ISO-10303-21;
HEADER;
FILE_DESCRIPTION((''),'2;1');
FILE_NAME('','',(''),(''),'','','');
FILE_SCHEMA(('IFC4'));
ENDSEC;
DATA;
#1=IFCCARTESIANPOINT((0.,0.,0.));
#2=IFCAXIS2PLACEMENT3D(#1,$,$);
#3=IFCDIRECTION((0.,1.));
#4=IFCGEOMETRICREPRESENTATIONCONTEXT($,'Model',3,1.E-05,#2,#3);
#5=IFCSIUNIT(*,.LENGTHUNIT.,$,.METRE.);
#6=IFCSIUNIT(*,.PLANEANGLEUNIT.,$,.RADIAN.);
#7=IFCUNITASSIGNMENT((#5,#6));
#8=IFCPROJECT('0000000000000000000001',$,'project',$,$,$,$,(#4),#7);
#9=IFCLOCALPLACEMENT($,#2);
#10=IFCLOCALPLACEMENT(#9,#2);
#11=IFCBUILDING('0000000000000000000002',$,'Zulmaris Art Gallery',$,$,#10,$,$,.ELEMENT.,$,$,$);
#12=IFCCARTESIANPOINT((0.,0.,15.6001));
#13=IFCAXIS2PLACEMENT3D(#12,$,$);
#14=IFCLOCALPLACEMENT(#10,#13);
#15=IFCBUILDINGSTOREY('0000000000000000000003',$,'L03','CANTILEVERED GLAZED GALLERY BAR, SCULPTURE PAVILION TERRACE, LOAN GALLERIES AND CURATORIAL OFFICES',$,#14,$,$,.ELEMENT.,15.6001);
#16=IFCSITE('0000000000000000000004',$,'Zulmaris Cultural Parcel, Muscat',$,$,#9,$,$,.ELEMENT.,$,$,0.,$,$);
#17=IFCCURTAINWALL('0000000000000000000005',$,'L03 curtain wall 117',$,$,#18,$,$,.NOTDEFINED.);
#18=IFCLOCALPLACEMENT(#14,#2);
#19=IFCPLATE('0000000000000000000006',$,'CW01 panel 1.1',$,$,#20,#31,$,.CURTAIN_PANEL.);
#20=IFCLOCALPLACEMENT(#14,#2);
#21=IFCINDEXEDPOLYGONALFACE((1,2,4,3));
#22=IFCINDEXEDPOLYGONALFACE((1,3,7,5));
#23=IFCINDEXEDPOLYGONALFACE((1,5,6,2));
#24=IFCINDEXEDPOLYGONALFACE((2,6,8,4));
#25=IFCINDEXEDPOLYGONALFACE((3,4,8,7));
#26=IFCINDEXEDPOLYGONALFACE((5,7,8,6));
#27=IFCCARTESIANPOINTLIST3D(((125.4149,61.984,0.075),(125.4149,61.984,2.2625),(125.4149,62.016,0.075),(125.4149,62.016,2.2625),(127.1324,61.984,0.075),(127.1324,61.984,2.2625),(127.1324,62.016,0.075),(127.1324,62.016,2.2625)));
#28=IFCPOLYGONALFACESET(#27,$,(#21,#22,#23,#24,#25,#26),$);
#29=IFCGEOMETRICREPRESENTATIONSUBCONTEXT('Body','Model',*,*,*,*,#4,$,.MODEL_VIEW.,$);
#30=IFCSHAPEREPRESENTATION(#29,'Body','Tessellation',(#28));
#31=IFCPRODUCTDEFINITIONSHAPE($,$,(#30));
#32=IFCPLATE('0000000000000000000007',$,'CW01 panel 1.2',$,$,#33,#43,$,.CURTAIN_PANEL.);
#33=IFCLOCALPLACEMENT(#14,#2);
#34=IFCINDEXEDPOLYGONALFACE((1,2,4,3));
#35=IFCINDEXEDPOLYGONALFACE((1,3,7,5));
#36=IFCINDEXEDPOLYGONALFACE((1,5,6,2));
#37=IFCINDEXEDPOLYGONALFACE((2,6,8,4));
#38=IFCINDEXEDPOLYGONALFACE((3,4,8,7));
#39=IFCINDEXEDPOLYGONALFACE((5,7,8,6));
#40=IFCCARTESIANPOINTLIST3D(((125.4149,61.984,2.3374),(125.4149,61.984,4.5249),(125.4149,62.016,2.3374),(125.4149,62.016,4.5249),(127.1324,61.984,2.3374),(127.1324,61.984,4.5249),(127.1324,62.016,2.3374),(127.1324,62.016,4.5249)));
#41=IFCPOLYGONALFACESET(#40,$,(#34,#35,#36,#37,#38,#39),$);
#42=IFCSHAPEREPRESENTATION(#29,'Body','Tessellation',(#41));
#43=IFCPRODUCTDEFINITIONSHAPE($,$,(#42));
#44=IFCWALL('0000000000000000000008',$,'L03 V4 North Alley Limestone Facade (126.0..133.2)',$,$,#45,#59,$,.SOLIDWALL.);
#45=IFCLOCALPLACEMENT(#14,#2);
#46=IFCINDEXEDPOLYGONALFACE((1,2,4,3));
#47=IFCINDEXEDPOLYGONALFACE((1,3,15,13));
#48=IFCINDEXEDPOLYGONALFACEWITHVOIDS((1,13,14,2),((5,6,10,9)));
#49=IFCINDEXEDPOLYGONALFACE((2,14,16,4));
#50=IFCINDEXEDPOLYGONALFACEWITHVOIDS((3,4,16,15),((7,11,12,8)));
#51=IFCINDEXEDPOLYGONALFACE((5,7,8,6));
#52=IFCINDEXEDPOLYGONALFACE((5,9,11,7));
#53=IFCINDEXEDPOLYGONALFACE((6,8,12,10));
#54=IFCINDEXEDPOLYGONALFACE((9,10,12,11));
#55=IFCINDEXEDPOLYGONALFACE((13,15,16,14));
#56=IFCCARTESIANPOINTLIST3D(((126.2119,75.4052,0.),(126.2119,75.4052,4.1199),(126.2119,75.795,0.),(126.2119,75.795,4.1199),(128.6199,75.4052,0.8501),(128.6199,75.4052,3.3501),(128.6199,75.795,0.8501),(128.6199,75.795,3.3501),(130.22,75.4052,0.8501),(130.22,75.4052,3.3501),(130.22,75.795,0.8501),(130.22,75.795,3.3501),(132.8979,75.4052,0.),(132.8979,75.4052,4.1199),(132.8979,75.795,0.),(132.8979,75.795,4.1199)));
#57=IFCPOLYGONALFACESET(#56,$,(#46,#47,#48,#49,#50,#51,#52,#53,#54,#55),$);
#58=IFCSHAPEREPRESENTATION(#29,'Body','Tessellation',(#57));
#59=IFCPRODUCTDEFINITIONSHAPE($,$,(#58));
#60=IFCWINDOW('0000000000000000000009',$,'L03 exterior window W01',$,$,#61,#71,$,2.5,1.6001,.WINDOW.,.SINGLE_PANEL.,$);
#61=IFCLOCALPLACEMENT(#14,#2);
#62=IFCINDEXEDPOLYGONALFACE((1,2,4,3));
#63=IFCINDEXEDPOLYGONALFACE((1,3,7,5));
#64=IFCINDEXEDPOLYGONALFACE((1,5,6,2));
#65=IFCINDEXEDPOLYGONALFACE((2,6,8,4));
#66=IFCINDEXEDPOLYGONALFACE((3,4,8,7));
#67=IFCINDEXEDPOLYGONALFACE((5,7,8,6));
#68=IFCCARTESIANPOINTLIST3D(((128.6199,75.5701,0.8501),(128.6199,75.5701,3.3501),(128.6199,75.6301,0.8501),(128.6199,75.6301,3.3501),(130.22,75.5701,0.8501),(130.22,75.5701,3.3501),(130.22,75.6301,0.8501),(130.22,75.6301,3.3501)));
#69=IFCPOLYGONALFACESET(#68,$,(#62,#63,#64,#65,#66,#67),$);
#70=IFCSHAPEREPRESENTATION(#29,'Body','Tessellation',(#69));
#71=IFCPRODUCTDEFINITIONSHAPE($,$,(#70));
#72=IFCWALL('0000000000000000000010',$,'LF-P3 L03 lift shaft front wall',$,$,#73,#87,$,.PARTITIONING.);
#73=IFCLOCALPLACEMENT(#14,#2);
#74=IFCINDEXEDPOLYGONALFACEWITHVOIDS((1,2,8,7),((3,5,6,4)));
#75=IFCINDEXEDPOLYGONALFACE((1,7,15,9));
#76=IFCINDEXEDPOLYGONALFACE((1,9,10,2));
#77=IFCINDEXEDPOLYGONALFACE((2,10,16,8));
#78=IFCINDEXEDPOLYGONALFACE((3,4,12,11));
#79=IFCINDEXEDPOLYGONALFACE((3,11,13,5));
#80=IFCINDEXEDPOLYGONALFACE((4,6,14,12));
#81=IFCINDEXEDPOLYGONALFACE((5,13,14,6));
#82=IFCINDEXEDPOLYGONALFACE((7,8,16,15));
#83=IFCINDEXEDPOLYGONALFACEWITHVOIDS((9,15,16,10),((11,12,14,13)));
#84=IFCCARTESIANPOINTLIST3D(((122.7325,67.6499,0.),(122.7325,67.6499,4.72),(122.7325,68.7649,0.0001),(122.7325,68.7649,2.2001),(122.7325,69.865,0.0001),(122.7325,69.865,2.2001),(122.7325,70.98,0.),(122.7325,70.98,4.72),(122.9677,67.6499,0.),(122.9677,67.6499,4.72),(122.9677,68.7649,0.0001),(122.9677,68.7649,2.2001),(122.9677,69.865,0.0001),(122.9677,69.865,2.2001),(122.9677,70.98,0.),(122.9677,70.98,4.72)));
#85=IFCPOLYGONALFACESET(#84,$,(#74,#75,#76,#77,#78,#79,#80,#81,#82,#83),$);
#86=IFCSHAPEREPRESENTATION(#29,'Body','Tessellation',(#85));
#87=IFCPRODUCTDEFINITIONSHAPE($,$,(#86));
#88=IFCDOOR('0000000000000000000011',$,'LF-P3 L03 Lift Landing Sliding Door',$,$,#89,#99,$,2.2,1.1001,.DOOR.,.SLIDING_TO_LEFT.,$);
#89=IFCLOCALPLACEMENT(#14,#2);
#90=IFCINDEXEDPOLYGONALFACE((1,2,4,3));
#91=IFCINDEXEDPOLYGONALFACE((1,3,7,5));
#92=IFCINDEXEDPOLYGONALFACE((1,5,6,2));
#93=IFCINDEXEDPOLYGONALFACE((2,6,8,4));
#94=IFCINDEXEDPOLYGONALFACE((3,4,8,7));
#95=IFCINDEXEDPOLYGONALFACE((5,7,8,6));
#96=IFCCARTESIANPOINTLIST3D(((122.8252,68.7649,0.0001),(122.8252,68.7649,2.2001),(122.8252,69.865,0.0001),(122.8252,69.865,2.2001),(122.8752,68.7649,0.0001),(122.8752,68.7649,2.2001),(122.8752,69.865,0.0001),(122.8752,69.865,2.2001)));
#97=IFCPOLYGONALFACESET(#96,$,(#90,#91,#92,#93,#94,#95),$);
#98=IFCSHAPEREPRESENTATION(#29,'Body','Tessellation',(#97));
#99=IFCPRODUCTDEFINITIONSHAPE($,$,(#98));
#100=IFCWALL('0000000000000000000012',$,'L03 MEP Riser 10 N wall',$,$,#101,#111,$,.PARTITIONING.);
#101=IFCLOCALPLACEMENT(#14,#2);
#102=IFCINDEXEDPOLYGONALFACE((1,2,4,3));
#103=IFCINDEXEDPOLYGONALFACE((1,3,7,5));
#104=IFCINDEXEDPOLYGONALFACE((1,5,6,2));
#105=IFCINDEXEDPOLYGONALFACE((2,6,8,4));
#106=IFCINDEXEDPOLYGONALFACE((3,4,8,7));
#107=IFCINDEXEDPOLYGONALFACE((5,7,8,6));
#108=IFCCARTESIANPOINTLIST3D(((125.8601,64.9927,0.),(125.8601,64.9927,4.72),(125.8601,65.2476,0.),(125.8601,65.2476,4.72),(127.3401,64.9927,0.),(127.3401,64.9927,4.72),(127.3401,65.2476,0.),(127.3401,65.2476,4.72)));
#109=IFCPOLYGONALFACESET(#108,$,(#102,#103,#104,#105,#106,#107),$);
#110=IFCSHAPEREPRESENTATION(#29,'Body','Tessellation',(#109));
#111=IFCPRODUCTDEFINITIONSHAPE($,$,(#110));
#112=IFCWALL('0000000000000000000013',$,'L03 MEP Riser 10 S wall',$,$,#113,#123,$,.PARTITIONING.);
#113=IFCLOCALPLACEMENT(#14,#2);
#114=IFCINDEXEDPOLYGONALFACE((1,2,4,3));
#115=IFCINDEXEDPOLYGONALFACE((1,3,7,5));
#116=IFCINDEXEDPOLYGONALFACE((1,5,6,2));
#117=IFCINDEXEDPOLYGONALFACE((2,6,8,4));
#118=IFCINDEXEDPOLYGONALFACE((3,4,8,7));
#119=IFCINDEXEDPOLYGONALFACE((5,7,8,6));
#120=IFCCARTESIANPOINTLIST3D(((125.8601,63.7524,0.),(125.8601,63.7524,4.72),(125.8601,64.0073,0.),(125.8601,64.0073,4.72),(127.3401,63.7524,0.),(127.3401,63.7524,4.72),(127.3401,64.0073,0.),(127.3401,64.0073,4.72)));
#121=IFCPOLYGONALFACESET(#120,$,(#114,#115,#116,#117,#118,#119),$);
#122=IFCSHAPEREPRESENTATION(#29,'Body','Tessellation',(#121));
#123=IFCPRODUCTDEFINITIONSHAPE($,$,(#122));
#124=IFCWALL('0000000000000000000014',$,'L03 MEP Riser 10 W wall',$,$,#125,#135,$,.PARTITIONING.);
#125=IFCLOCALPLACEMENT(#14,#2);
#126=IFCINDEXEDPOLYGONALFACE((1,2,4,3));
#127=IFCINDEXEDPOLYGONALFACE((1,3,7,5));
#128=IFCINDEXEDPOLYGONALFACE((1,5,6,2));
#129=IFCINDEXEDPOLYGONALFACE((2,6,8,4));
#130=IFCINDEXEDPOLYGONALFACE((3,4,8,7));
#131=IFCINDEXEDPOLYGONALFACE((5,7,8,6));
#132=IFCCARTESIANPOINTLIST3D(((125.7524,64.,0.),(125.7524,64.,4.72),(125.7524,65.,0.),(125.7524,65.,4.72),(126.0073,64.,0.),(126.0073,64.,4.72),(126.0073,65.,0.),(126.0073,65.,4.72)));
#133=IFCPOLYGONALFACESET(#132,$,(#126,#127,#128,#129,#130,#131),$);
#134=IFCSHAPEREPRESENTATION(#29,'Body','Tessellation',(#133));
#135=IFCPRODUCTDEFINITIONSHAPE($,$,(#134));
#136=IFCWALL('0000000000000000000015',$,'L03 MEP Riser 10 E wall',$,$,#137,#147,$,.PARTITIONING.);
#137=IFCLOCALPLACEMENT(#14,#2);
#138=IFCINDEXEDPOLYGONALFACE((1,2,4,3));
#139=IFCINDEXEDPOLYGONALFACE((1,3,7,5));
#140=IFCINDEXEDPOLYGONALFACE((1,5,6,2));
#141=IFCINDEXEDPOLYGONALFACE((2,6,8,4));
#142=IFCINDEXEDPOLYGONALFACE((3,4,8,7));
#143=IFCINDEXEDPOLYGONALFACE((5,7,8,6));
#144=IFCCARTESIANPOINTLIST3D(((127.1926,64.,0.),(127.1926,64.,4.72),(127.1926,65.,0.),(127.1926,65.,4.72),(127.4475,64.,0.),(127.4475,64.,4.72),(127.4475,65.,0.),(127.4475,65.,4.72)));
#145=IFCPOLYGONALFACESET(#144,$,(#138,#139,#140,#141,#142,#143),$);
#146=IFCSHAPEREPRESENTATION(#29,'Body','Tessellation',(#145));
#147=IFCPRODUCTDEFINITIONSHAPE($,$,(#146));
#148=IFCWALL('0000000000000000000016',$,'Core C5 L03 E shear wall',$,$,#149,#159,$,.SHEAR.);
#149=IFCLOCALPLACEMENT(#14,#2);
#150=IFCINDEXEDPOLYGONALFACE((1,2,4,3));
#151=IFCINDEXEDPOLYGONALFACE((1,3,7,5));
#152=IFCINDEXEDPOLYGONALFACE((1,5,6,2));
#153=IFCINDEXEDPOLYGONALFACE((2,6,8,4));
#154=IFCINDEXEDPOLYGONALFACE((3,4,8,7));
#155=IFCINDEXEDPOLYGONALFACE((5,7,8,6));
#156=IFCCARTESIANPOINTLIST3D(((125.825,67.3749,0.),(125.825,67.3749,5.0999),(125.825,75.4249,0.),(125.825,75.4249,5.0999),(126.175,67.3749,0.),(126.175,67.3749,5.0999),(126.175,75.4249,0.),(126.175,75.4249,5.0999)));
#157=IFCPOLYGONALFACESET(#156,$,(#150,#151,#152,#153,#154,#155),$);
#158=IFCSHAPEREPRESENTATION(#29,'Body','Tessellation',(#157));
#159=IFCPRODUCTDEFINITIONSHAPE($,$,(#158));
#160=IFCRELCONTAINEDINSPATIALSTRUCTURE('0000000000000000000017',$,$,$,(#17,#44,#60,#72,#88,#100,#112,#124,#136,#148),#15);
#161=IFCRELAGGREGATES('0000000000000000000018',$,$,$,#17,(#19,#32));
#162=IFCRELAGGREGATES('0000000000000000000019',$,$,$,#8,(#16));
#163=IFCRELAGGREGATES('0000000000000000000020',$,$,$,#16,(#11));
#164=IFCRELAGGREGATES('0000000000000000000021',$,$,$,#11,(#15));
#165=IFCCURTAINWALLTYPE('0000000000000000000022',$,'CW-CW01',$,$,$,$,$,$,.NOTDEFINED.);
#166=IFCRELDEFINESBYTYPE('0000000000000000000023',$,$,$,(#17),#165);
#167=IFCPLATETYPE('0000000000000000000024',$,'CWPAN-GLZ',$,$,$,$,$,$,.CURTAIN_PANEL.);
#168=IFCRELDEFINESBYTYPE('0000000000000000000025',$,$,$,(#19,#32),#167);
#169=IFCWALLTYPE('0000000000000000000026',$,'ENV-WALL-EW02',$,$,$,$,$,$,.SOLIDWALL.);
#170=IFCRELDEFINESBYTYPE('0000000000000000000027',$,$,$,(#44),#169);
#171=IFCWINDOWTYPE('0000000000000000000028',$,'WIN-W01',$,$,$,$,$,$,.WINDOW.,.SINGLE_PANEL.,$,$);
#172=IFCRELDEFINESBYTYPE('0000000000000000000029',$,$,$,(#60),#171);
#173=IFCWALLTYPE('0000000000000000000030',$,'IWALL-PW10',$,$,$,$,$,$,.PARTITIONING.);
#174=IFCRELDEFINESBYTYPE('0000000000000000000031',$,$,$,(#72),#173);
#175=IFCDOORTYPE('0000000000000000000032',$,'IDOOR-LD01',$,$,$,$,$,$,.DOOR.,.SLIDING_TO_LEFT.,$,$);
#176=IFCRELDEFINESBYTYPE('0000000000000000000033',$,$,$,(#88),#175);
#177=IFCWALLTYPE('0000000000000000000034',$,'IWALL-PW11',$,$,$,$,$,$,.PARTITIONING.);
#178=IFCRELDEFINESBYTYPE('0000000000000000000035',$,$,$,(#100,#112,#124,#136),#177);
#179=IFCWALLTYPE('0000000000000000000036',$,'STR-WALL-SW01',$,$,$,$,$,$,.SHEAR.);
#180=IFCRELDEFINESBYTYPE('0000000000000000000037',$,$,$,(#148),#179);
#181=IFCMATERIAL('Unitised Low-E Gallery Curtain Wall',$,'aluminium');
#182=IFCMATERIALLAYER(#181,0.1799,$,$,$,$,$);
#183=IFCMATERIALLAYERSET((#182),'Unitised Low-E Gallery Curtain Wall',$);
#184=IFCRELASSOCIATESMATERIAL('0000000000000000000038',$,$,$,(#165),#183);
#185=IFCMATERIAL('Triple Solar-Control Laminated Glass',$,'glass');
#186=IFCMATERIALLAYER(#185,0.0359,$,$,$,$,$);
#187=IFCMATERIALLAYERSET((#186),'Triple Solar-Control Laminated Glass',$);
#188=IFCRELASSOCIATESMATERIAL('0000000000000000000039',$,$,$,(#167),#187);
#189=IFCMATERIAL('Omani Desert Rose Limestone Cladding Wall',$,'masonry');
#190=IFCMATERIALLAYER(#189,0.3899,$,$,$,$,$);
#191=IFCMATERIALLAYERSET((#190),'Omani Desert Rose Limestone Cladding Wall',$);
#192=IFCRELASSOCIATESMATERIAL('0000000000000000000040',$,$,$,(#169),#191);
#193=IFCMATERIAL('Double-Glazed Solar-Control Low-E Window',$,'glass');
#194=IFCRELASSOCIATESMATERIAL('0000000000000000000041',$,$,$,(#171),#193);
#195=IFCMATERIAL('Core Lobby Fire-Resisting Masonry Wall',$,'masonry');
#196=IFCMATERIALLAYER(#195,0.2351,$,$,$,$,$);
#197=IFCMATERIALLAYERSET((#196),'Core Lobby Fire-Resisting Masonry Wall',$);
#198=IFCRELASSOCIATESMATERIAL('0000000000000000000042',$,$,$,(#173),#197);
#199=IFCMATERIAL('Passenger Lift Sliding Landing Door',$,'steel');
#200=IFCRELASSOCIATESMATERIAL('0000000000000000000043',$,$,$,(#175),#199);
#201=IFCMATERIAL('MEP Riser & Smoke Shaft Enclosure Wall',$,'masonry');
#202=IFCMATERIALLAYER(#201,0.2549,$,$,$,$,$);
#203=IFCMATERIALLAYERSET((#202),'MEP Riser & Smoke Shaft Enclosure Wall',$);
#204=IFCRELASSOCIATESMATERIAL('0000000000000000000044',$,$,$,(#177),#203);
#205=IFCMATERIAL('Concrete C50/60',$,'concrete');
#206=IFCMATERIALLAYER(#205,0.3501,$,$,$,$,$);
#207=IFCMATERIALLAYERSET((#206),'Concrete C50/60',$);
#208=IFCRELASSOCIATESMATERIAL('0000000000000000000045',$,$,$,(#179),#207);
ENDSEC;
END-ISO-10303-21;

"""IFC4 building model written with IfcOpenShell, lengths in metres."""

from ifc_helpers import new_model, si_unit, direction, frame, frame_2d, origin, origin_2d, place, context, subcontext, project, spatial, rectangle, extrude, material, layer, layer_set, type_object, element, fill, aggregate, save


model = new_model("IFC4")

# Units and contexts
model_context = context("Model", 3, precision=1e-05, world=origin(), true_north=direction((0.0, 1.0)))
body_context = subcontext(model_context, "Body", "Model", "MODEL_VIEW")
ifc_project = project(units=[si_unit("LENGTHUNIT", "METRE"), si_unit("PLANEANGLEUNIT", "RADIAN")], contexts=[model_context])

# Site, building, storey
site_placement = place(None, origin())
site = spatial("IfcSite", under=ifc_project, at=site_placement, Name="Zulmaris Cultural Parcel, Muscat", CompositionType="ELEMENT", RefElevation=0.0)
building_placement = place(site_placement, origin())
building = spatial("IfcBuilding", under=site, at=building_placement, Name="Zulmaris Art Gallery", CompositionType="ELEMENT")
storey_placement = place(building_placement, frame((0.0, 0.0, 15.6001)))
storey = spatial("IfcBuildingStorey", under=building, at=storey_placement, Name="L03", Description="CANTILEVERED GLAZED GALLERY BAR, SCULPTURE PAVILION TERRACE, LOAN GALLERIES AND CURATORIAL OFFICES", CompositionType="ELEMENT", Elevation=15.6001)

# Curtain wall
ifc_material_1 = material(Name="Unitised Low-E Gallery Curtain Wall", Category="aluminium")
ifc_layer_1 = layer(ifc_material_1, 0.1799)
ifc_layer_set_1 = layer_set([ifc_layer_1], Name="Unitised Low-E Gallery Curtain Wall")
curtain_wall_type = type_object("IfcCurtainWallType", Name="CW-CW01", PredefinedType="NOTDEFINED", material=ifc_layer_set_1)
curtain_wall_1_placement = place(storey_placement, origin())
curtain_wall_1 = element("IfcCurtainWall", 1, at=curtain_wall_1_placement, inside=storey, type_object=curtain_wall_type, Name="L03 curtain wall 117", PredefinedType="NOTDEFINED")

# Plates
ifc_material_2 = material(Name="Triple Solar-Control Laminated Glass", Category="glass")
ifc_layer_2 = layer(ifc_material_2, 0.0359)
ifc_layer_set_2 = layer_set([ifc_layer_2], Name="Triple Solar-Control Laminated Glass")
plate_type = type_object("IfcPlateType", Name="CWPAN-GLZ", PredefinedType="CURTAIN_PANEL", material=ifc_layer_set_2)
plate_1_placement = place(storey_placement, frame((126.2737, 62.0, 0.075), z_axis=(0.0, 0.0, 1.0), x_axis=(1.0, 0.0, 0.0)))
plate_1 = element("IfcPlate", 2, at=plate_1_placement, type_object=plate_type, Name="CW01 panel 1.1", PredefinedType="CURTAIN_PANEL", context=body_context, shape_type="SweptSolid", body=[
    extrude(rectangle(XDim=1.7175, YDim=0.032, at=origin_2d()), origin(), (0.0, 0.0, 1.0), 2.1875),
])
plate_2_placement = place(storey_placement, frame((126.2737, 62.0, 2.3374), z_axis=(0.0, 0.0, 1.0), x_axis=(1.0, 0.0, 0.0)))
plate_2 = element("IfcPlate", 3, at=plate_2_placement, type_object=plate_type, Name="CW01 panel 1.2", PredefinedType="CURTAIN_PANEL", context=body_context, shape_type="SweptSolid", body=[
    extrude(rectangle(XDim=1.7175, YDim=0.032, at=origin_2d()), origin(), (0.0, 0.0, 1.0), 2.1875),
])
aggregate(curtain_wall_1, [plate_1, plate_2])

# Wall, opening, window
ifc_material_3 = material(Name="Omani Desert Rose Limestone Cladding Wall", Category="masonry")
ifc_layer_3 = layer(ifc_material_3, 0.3899)
ifc_layer_set_3 = layer_set([ifc_layer_3], Name="Omani Desert Rose Limestone Cladding Wall")
wall_type_1 = type_object("IfcWallType", Name="ENV-WALL-EW02", PredefinedType="SOLIDWALL", material=ifc_layer_set_3)
wall_1_placement = place(storey_placement, frame((126.2119, 75.6001, 0.0), z_axis=(0.0, 0.0, 1.0), x_axis=(1.0, 0.0, 0.0)))
wall_1 = element("IfcWall", 4, at=wall_1_placement, inside=storey, type_object=wall_type_1, Name="L03 V4 North Alley Limestone Facade (126.0..133.2)", PredefinedType="SOLIDWALL", context=body_context, shape_type="SweptSolid", body=[
    extrude(rectangle(XDim=6.686, YDim=0.3899, at=frame_2d((3.343, 0.0))), origin(), (0.0, 0.0, 1.0), 4.1199),
])
opening_1_placement = place(wall_1_placement, frame((2.408, 0.0, 0.8501)))
opening_1 = element("IfcOpeningElement", 5, at=opening_1_placement, cuts=wall_1, PredefinedType="OPENING", context=body_context, shape_type="SweptSolid", body=[
    extrude(rectangle(XDim=1.6001, YDim=2.5, at=frame_2d((0.8, 1.25))), frame((0.0, 0.2048, 0.0), z_axis=(0.0, -1.0, 0.0), x_axis=(1.0, 0.0, 0.0)), (0.0, 0.0, 1.0), 0.4099),
])
ifc_material_4 = material(Name="Double-Glazed Solar-Control Low-E Window", Category="glass")
window_type = type_object("IfcWindowType", Name="WIN-W01", PartitioningType="SINGLE_PANEL", PredefinedType="WINDOW", material=ifc_material_4)
window_placement = place(opening_1_placement, origin())
window = element("IfcWindow", 6, at=window_placement, inside=storey, type_object=window_type, Name="L03 exterior window W01", OverallHeight=2.5, OverallWidth=1.6001, PartitioningType="SINGLE_PANEL", PredefinedType="WINDOW", context=body_context, shape_type="SweptSolid", body=[
    extrude(rectangle(XDim=1.6001, YDim=2.5, at=frame_2d((0.8, 1.25))), frame((0.0, 0.03, 0.0), z_axis=(0.0, -1.0, 0.0), x_axis=(1.0, 0.0, 0.0)), (0.0, 0.0, 1.0), 0.0601),
])
fill(opening_1, window)

# Wall, opening, door
ifc_material_5 = material(Name="Core Lobby Fire-Resisting Masonry Wall", Category="masonry")
ifc_layer_4 = layer(ifc_material_5, 0.2351)
ifc_layer_set_4 = layer_set([ifc_layer_4], Name="Core Lobby Fire-Resisting Masonry Wall")
wall_type_2 = type_object("IfcWallType", Name="IWALL-PW10", PredefinedType="PARTITIONING", material=ifc_layer_set_4)
wall_2_placement = place(storey_placement, frame((122.8501, 67.6499, 0.0), z_axis=(0.0, 0.0, 1.0), x_axis=(0.0, 1.0, 0.0)))
wall_2 = element("IfcWall", 7, at=wall_2_placement, inside=storey, type_object=wall_type_2, Name="LF-P3 L03 lift shaft front wall", PredefinedType="PARTITIONING", context=body_context, shape_type="SweptSolid", body=[
    extrude(rectangle(XDim=3.3301, YDim=0.2351, at=frame_2d((1.665, 0.0))), origin(), (0.0, 0.0, 1.0), 4.72),
])
opening_2_placement = place(wall_2_placement, frame((1.115, 0.0, 0.0)))
opening_2 = element("IfcOpeningElement", 8, at=opening_2_placement, cuts=wall_2, PredefinedType="OPENING", context=body_context, shape_type="SweptSolid", body=[
    extrude(rectangle(XDim=1.1001, YDim=2.2, at=frame_2d((0.55, 1.1001))), frame((0.0, 0.1274, 0.0), z_axis=(0.0, -1.0, 0.0), x_axis=(1.0, 0.0, 0.0)), (0.0, 0.0, 1.0), 0.2551),
])
ifc_material_6 = material(Name="Passenger Lift Sliding Landing Door", Category="steel")
door_type = type_object("IfcDoorType", Name="IDOOR-LD01", OperationType="SLIDING_TO_LEFT", PredefinedType="DOOR", material=ifc_material_6)
door_placement = place(opening_2_placement, origin())
door = element("IfcDoor", 9, at=door_placement, inside=storey, type_object=door_type, Name="LF-P3 L03 Lift Landing Sliding Door", OperationType="SLIDING_TO_LEFT", OverallHeight=2.2, OverallWidth=1.1001, PredefinedType="DOOR", context=body_context, shape_type="SweptSolid", body=[
    extrude(rectangle(XDim=1.1001, YDim=2.2, at=frame_2d((0.55, 1.1001))), frame((0.0, 0.0249, 0.0), z_axis=(0.0, -1.0, 0.0), x_axis=(1.0, 0.0, 0.0)), (0.0, 0.0, 1.0), 0.05),
])
fill(opening_2, door)

# Walls
ifc_material_7 = material(Name="MEP Riser & Smoke Shaft Enclosure Wall", Category="masonry")
ifc_layer_5 = layer(ifc_material_7, 0.2549)
ifc_layer_set_5 = layer_set([ifc_layer_5], Name="MEP Riser & Smoke Shaft Enclosure Wall")
wall_type_3 = type_object("IfcWallType", Name="IWALL-PW11", PredefinedType="PARTITIONING", material=ifc_layer_set_5)
for number, where, z_axis, x_axis, name in (
    (10, (125.8601, 65.1201, 0.0), (0.0, 0.0, 1.0), (1.0, 0.0, 0.0), "L03 MEP Riser 10 N wall"),
    (11, (125.8601, 63.8799, 0.0), (0.0, 0.0, 1.0), (1.0, 0.0, 0.0), "L03 MEP Riser 10 S wall"),
):
    element("IfcWall", number, at=place(storey_placement, frame(where, z_axis=z_axis, x_axis=x_axis)), inside=storey, type_object=wall_type_3, Name=name, PredefinedType="PARTITIONING", context=body_context, shape_type="SweptSolid", body=[
        extrude(rectangle(XDim=1.48, YDim=0.2549, at=frame_2d((0.74, 0.0))), origin(), (0.0, 0.0, 1.0), 4.72),
    ])
for number, where, z_axis, x_axis, name in (
    (12, (125.8799, 64.0, 0.0), (0.0, 0.0, 1.0), (0.0, 1.0, 0.0), "L03 MEP Riser 10 W wall"),
    (13, (127.3201, 64.0, 0.0), (0.0, 0.0, 1.0), (0.0, 1.0, 0.0), "L03 MEP Riser 10 E wall"),
):
    element("IfcWall", number, at=place(storey_placement, frame(where, z_axis=z_axis, x_axis=x_axis)), inside=storey, type_object=wall_type_3, Name=name, PredefinedType="PARTITIONING", context=body_context, shape_type="SweptSolid", body=[
        extrude(rectangle(XDim=1.0, YDim=0.2549, at=frame_2d((0.5, 0.0))), origin(), (0.0, 0.0, 1.0), 4.72),
    ])
ifc_material_8 = material(Name="Concrete C50/60", Category="concrete")
ifc_layer_6 = layer(ifc_material_8, 0.3501)
ifc_layer_set_6 = layer_set([ifc_layer_6], Name="Concrete C50/60")
wall_type_4 = type_object("IfcWallType", Name="STR-WALL-SW01", PredefinedType="SHEAR", material=ifc_layer_set_6)
wall_3_placement = place(storey_placement, frame((126.0, 67.375, 0.0), z_axis=(0.0, 0.0, 1.0), x_axis=(0.0, 1.0, 0.0)))
element("IfcWall", 14, at=wall_3_placement, inside=storey, type_object=wall_type_4, Name="Core C5 L03 E shear wall", PredefinedType="SHEAR", context=body_context, shape_type="SweptSolid", body=[
    extrude(rectangle(XDim=8.05, YDim=0.3501, at=frame_2d((4.0249, 0.0))), origin(), (0.0, 0.0, 1.0), 5.0999),
])

save(model, "model.ifc")
